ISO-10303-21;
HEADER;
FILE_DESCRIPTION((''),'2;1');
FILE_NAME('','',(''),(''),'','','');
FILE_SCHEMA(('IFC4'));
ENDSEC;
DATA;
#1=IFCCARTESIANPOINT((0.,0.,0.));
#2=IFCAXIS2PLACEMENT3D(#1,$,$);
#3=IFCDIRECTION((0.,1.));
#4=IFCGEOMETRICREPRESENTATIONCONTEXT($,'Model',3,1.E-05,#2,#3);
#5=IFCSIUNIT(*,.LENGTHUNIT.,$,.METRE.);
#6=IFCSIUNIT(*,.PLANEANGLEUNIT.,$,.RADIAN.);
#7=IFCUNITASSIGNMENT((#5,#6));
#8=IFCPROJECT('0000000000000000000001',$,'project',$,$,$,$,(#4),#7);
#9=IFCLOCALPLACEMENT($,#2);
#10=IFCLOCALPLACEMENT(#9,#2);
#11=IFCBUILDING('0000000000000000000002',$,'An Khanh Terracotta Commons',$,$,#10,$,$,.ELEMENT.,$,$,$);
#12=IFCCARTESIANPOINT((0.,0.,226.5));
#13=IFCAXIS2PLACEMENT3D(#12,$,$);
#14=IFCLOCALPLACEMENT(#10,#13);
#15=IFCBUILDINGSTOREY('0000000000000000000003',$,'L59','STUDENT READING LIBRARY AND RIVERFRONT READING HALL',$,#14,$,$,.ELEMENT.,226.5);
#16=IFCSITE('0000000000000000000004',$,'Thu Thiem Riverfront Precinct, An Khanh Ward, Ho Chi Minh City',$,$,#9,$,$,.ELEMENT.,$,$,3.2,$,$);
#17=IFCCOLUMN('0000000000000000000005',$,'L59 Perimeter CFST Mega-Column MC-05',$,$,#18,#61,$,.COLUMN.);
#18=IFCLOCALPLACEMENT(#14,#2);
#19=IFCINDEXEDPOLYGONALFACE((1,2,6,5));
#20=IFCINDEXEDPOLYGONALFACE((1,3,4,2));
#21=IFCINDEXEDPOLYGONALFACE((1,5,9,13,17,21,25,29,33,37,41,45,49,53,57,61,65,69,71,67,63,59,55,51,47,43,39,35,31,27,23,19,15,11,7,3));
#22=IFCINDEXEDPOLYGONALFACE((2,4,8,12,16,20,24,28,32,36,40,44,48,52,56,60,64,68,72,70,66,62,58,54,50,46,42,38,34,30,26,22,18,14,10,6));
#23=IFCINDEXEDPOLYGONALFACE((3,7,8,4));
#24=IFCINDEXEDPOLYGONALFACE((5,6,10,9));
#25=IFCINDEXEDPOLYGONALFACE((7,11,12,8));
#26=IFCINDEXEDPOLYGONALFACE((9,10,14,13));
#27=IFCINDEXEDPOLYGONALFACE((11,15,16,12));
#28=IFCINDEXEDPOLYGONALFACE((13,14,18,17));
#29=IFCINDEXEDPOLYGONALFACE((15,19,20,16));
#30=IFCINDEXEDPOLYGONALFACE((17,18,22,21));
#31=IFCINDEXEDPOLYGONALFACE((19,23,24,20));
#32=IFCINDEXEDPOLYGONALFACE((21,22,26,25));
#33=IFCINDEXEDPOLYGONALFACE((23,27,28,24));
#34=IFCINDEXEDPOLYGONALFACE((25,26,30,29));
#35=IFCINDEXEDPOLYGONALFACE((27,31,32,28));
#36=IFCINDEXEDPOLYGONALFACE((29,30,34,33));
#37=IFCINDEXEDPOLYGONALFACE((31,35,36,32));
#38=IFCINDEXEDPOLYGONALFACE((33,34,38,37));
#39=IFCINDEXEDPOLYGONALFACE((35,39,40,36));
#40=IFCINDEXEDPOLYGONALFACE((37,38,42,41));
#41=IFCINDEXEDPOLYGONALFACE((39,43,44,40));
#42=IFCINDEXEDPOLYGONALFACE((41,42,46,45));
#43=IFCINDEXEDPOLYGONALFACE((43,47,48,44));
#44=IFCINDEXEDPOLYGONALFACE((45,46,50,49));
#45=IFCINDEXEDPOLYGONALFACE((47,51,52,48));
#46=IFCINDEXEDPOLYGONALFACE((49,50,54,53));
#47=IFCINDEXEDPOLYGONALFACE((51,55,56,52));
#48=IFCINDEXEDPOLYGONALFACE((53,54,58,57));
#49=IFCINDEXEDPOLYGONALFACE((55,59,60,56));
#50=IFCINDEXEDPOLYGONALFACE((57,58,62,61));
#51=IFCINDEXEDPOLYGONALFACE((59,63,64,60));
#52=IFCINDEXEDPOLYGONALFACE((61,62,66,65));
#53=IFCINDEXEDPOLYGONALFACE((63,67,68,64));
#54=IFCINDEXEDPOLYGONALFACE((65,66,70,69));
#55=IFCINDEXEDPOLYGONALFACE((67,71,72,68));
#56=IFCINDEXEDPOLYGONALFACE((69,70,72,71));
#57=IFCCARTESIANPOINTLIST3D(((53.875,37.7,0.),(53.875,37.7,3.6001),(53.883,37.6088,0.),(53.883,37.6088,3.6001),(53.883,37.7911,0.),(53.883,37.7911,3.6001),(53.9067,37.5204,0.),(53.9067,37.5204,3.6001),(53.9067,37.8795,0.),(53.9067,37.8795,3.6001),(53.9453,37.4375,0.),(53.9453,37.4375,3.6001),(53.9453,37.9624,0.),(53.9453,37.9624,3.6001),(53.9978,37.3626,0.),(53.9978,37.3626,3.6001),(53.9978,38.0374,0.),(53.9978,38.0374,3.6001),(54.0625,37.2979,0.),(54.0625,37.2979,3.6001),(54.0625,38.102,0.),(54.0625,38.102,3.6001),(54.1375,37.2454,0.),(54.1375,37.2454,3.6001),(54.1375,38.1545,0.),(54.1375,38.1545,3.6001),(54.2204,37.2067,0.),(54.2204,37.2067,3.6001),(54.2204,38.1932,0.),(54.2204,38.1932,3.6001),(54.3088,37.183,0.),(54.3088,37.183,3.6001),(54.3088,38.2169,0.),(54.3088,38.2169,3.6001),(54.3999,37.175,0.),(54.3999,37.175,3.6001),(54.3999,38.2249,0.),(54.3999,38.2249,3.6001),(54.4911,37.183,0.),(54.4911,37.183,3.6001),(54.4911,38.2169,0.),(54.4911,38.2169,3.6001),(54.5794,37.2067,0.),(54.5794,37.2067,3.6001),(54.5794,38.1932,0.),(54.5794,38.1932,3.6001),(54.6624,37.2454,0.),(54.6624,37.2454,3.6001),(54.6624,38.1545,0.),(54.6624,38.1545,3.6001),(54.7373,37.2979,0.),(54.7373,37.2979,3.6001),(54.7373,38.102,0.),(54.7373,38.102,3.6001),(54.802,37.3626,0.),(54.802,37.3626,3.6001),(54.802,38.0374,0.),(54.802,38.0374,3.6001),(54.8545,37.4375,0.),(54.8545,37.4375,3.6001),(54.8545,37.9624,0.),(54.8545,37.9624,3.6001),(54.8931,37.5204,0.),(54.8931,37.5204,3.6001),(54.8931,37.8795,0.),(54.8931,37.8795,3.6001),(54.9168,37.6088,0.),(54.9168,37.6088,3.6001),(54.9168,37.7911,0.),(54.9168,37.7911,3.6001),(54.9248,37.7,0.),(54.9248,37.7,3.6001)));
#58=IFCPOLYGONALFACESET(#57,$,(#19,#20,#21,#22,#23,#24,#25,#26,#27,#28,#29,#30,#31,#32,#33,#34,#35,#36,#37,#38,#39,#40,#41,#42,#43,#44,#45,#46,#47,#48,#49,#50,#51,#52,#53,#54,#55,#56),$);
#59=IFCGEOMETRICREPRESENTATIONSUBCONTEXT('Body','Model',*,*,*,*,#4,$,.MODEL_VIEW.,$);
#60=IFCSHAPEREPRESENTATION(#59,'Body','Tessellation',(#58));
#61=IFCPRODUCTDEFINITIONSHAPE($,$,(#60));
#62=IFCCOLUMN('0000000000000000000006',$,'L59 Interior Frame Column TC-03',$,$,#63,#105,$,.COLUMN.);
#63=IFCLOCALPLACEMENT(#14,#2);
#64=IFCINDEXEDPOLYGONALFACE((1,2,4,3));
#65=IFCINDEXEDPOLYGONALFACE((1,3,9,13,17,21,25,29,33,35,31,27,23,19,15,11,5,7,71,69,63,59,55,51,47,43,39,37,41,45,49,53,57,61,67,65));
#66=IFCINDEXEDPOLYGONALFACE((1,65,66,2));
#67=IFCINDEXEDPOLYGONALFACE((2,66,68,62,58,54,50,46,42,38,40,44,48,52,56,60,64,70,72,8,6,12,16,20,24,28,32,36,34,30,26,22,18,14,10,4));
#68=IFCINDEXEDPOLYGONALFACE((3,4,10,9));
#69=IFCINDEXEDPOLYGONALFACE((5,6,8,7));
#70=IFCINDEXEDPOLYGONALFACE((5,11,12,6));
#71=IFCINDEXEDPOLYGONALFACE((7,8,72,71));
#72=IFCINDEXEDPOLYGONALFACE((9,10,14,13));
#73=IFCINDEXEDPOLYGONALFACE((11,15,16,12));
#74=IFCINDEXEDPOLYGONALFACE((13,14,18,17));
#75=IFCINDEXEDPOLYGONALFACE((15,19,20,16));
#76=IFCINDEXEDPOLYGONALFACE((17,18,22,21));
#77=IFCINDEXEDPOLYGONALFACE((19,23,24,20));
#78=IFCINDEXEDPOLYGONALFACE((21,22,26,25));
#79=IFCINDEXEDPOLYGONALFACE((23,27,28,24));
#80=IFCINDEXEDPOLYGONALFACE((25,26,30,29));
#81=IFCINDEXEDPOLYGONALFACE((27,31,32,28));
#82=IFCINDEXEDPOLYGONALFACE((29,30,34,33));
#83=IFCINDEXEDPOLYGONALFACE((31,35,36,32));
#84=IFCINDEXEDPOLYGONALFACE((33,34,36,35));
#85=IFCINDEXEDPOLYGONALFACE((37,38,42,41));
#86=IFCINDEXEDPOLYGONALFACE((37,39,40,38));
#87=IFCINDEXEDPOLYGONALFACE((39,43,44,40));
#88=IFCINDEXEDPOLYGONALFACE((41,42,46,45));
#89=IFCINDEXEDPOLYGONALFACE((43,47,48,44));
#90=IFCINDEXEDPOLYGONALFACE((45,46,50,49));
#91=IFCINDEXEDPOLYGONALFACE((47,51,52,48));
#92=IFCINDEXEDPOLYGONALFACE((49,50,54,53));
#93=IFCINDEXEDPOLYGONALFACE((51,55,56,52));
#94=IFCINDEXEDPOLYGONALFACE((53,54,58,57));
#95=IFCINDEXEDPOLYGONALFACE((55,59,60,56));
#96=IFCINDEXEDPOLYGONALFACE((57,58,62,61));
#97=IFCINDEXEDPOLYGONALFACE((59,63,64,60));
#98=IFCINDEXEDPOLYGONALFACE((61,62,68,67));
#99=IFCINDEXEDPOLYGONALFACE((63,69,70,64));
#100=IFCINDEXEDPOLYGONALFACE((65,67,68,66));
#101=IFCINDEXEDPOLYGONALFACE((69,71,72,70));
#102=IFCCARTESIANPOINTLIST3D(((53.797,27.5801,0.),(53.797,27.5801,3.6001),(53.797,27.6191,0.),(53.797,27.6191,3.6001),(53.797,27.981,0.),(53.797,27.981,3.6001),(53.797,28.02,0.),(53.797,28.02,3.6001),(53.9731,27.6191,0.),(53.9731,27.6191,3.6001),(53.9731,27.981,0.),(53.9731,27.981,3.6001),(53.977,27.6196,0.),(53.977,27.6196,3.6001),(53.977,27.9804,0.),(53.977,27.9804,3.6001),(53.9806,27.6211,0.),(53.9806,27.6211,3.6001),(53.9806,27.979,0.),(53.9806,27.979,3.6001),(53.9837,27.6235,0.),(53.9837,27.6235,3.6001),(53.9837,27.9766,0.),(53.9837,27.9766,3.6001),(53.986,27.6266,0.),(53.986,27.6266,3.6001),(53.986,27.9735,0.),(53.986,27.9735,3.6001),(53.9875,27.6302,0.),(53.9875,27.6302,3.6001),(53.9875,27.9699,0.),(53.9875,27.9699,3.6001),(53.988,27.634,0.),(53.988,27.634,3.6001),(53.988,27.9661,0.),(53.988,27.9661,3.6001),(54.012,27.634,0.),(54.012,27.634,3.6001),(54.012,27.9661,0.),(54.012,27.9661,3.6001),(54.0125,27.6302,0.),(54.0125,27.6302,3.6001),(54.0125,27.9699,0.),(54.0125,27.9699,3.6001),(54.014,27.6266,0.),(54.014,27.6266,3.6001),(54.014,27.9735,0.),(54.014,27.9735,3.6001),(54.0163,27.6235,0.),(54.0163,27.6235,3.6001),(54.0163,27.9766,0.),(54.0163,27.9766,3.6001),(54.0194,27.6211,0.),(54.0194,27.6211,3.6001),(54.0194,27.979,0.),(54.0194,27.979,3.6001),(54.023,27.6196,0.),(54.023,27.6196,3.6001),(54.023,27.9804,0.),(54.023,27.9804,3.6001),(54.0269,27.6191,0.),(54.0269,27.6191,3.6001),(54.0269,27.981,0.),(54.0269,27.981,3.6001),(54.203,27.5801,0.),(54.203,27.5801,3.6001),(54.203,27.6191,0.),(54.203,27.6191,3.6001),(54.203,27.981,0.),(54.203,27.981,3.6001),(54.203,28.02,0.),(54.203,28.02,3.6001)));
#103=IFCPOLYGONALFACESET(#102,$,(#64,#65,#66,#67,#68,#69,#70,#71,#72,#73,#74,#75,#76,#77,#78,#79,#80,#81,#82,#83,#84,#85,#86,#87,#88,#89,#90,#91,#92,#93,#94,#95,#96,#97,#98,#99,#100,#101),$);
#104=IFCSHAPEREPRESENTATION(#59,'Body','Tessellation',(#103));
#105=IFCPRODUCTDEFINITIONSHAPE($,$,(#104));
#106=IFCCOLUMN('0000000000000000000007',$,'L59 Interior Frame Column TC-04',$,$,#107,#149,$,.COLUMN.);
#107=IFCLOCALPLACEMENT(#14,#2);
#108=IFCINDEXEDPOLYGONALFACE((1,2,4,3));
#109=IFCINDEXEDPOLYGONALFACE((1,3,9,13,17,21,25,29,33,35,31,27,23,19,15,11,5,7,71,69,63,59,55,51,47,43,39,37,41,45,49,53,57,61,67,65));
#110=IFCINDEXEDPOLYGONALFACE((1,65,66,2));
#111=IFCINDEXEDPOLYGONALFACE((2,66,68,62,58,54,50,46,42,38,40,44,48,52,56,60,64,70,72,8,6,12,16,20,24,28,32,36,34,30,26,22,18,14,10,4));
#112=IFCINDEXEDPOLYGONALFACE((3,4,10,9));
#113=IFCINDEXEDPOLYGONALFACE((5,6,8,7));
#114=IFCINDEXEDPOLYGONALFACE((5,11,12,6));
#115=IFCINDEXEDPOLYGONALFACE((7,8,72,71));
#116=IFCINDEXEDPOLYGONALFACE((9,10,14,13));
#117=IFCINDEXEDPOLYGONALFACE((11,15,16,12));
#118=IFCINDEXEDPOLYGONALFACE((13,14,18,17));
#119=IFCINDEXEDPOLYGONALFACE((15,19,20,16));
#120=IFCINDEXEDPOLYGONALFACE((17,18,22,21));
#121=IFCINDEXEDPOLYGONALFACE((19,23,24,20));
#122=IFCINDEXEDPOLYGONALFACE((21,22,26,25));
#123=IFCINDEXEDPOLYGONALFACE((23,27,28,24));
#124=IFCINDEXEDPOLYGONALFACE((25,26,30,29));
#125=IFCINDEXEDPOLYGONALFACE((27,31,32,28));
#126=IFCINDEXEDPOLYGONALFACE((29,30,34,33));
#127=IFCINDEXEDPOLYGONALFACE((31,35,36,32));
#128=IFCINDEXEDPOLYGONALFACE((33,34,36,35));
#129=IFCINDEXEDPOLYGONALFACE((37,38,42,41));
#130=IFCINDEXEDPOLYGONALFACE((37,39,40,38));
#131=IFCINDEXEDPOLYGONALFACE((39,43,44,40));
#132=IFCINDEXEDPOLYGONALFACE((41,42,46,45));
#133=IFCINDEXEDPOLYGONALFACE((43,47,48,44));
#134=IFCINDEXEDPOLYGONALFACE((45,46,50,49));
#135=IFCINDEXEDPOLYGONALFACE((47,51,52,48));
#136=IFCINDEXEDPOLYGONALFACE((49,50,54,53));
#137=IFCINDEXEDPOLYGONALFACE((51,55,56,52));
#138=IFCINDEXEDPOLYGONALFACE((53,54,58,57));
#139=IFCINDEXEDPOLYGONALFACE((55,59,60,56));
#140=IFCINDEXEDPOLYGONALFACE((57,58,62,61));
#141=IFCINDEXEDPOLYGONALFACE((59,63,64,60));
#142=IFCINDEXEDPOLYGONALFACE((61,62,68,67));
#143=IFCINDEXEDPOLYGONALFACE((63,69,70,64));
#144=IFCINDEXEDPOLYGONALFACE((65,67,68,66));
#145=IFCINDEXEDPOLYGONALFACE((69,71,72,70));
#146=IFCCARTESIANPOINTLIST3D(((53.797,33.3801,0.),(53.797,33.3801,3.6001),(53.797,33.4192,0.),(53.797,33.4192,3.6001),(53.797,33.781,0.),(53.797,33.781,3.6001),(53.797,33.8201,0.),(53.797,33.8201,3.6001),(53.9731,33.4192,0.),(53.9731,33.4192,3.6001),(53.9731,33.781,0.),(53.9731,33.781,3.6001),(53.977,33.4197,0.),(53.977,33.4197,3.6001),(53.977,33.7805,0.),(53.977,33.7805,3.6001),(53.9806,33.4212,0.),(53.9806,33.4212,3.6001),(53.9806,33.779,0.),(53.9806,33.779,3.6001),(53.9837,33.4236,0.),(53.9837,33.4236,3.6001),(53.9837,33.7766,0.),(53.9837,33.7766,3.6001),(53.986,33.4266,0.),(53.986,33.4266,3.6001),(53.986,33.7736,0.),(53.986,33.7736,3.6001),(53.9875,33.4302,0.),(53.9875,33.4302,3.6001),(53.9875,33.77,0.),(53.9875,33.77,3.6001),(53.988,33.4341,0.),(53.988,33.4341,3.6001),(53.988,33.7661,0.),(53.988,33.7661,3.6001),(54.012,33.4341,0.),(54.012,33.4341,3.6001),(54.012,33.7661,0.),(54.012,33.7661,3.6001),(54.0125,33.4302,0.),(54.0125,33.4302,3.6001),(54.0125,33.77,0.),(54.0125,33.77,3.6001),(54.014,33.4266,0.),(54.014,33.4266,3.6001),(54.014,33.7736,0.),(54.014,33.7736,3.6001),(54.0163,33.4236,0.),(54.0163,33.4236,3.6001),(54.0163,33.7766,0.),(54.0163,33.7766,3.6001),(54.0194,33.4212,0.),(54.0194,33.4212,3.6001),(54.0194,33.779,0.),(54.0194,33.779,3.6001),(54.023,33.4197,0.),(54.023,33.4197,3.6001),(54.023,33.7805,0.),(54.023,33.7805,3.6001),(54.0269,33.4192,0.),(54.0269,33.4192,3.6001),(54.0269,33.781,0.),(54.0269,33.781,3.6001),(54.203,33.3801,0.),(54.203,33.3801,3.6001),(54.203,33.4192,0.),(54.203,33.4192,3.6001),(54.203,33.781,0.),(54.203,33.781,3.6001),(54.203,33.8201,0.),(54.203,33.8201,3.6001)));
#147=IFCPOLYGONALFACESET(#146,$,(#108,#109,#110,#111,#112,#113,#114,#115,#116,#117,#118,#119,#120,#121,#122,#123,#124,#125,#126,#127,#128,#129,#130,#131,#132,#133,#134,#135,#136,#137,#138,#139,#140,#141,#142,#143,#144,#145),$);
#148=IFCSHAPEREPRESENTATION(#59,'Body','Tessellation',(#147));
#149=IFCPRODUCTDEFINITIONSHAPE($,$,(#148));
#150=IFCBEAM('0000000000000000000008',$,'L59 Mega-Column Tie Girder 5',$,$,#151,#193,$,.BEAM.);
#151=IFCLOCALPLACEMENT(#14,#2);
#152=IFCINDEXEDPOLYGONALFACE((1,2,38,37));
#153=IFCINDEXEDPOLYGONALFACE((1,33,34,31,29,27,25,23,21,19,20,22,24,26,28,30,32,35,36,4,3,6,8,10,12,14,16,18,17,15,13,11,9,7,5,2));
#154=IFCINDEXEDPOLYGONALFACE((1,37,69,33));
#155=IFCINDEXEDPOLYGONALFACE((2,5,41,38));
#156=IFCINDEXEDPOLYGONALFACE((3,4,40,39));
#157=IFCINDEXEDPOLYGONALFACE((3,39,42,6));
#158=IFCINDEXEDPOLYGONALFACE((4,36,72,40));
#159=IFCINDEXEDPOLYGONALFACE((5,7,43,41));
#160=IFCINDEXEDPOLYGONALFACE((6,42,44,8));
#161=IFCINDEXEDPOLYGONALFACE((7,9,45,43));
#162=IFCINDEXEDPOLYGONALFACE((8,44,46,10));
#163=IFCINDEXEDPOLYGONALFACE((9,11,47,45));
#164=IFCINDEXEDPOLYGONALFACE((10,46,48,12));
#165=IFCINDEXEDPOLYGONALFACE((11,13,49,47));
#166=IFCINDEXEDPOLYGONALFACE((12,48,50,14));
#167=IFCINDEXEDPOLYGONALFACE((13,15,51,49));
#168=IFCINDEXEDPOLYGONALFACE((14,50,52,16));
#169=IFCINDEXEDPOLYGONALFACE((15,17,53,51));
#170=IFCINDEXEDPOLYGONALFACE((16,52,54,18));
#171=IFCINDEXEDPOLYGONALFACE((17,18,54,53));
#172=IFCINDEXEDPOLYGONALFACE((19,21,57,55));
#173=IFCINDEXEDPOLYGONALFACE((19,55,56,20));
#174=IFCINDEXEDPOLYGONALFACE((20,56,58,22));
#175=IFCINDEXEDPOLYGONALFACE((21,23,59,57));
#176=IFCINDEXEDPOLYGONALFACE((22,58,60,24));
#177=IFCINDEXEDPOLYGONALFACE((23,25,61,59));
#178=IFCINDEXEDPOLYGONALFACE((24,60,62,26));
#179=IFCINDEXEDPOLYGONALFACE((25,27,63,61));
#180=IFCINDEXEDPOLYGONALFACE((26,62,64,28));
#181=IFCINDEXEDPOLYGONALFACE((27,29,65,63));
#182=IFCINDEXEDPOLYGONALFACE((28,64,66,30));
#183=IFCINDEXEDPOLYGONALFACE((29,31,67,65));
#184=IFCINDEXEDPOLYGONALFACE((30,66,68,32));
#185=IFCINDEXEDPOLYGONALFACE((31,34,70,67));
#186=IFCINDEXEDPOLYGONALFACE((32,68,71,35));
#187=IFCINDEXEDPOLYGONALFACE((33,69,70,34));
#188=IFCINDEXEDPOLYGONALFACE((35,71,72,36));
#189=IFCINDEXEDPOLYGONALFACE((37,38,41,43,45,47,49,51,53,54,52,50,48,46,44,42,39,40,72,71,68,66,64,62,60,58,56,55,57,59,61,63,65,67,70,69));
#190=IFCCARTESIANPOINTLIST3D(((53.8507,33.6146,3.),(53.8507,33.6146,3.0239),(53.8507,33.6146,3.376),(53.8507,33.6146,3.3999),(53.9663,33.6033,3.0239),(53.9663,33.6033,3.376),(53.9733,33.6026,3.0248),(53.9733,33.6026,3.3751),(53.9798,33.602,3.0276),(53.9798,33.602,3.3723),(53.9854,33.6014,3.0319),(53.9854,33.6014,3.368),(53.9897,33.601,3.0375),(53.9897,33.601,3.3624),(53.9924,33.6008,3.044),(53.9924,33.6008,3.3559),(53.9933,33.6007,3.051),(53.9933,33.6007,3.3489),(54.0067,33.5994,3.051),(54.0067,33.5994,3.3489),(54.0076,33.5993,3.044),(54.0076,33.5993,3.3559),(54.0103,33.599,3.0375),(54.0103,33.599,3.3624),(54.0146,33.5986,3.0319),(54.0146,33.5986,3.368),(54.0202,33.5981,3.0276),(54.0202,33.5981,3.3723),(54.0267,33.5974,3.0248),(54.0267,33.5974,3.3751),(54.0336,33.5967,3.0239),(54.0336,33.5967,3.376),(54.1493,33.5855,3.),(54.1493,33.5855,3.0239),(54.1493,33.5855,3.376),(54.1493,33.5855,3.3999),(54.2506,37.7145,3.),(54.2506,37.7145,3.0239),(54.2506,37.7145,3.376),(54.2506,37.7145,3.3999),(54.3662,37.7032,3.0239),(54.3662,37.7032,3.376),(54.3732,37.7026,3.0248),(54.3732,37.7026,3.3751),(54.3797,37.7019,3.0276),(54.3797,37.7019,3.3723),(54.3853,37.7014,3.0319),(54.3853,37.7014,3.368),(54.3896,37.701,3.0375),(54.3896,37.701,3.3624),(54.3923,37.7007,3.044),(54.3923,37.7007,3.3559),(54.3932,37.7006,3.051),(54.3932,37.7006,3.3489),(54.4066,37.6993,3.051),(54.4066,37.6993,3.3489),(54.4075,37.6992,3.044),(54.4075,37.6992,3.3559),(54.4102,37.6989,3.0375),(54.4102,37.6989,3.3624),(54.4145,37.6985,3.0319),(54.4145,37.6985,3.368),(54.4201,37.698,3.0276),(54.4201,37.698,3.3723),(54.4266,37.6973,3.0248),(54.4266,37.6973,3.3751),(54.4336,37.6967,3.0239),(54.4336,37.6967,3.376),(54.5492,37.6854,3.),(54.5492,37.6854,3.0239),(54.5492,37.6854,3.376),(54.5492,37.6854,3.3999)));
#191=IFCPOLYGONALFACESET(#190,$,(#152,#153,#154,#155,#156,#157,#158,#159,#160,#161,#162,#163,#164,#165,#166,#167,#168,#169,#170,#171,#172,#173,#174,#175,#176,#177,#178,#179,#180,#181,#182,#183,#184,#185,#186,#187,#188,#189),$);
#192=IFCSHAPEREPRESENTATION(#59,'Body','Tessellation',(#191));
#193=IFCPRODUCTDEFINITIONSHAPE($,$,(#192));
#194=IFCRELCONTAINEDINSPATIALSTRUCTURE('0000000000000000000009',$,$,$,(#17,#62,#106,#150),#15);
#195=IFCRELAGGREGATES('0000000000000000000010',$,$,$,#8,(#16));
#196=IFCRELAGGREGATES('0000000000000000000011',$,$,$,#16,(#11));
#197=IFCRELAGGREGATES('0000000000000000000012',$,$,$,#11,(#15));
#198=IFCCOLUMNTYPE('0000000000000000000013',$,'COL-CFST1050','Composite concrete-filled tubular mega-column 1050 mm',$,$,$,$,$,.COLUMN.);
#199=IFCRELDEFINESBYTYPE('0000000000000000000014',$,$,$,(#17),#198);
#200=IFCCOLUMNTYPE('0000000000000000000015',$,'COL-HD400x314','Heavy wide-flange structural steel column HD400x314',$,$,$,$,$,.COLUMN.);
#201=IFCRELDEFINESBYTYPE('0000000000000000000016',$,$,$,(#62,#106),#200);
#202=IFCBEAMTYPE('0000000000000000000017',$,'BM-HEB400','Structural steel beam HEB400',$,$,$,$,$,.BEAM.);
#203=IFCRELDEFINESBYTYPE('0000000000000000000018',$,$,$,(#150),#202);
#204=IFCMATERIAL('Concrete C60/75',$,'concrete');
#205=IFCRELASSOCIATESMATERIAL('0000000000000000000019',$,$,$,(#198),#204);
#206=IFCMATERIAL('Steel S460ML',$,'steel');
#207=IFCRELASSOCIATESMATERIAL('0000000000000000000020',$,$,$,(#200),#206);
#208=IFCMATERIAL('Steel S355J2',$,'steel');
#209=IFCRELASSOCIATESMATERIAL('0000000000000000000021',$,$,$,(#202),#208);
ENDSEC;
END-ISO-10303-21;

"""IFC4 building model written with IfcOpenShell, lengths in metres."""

from ifc_helpers import new_model, si_unit, direction, frame, origin, origin_2d, place, context, subcontext, project, spatial, circle, i_section, extrude, material, material_profile, profile_set, type_object, element, save


model = new_model("IFC4")

# Units and contexts
model_context = context("Model", 3, precision=1e-05, world=origin(), true_north=direction((0.0, 1.0)))
body_context = subcontext(model_context, "Body", "Model", "MODEL_VIEW")
ifc_project = project(units=[si_unit("LENGTHUNIT", "METRE"), si_unit("PLANEANGLEUNIT", "RADIAN")], contexts=[model_context])

# Site, building, storey
site_placement = place(None, origin())
site = spatial("IfcSite", under=ifc_project, at=site_placement, Name="Thu Thiem Riverfront Precinct, An Khanh Ward, Ho Chi Minh City", CompositionType="ELEMENT", RefElevation=3.2)
building_placement = place(site_placement, origin())
building = spatial("IfcBuilding", under=site, at=building_placement, Name="An Khanh Terracotta Commons", CompositionType="ELEMENT")
storey_placement = place(building_placement, frame((0.0, 0.0, 226.5)))
storey = spatial("IfcBuildingStorey", under=building, at=storey_placement, Name="L59", Description="STUDENT READING LIBRARY AND RIVERFRONT READING HALL", CompositionType="ELEMENT", Elevation=226.5)

# Columns
ifc_material_1 = material(Name="Concrete C60/75", Category="concrete")
ifc_material_profile_1 = material_profile(ifc_material_1, circle(Radius=0.5249, at=origin_2d()), Name="CFST1050")
ifc_profile_set_1 = profile_set([ifc_material_profile_1], Name="Concrete C60/75")
column_type_1 = type_object("IfcColumnType", Name="COL-CFST1050", Description="Composite concrete-filled tubular mega-column 1050 mm", PredefinedType="COLUMN", material=ifc_profile_set_1)
column_placement = place(storey_placement, frame((54.3999, 37.7, 0.0), z_axis=(0.0, 0.0, 1.0), x_axis=(1.0, 0.0, 0.0)))
element("IfcColumn", 1, at=column_placement, inside=storey, type_object=column_type_1, Name="L59 Perimeter CFST Mega-Column MC-05", PredefinedType="COLUMN", context=body_context, shape_type="SweptSolid", body=[
    extrude(circle(Radius=0.5249, at=origin_2d()), origin(), (0.0, 0.0, 1.0), 3.6001),
])
ifc_material_2 = material(Name="Steel S460ML", Category="steel")
ifc_material_profile_2 = material_profile(ifc_material_2, i_section(OverallWidth=0.406, OverallDepth=0.4399, WebThickness=0.0239, FlangeThickness=0.0391, FilletRadius=0.0149, at=origin_2d()), Name="HD400x314")
ifc_profile_set_2 = profile_set([ifc_material_profile_2], Name="Steel S460ML")
column_type_2 = type_object("IfcColumnType", Name="COL-HD400x314", Description="Heavy wide-flange structural steel column HD400x314", PredefinedType="COLUMN", material=ifc_profile_set_2)
for number, where, z_axis, x_axis, name in (
    (2, (54.0, 27.8, 0.0), (0.0, 0.0, 1.0), (1.0, 0.0, 0.0), "L59 Interior Frame Column TC-03"),
    (3, (54.0, 33.6001, 0.0), (0.0, 0.0, 1.0), (1.0, 0.0, 0.0), "L59 Interior Frame Column TC-04"),
):
    element("IfcColumn", number, at=place(storey_placement, frame(where, z_axis=z_axis, x_axis=x_axis)), inside=storey, type_object=column_type_2, Name=name, PredefinedType="COLUMN", context=body_context, shape_type="SweptSolid", body=[
        extrude(i_section(OverallWidth=0.406, OverallDepth=0.4399, WebThickness=0.0239, FlangeThickness=0.0391, FilletRadius=0.0149, at=origin_2d()), origin(), (0.0, 0.0, 1.0), 3.6001),
    ])

# Beam
ifc_material_3 = material(Name="Steel S355J2", Category="steel")
ifc_material_profile_3 = material_profile(ifc_material_3, i_section(OverallWidth=0.3, OverallDepth=0.3999, WebThickness=0.0134, FlangeThickness=0.0239, FilletRadius=0.0271, at=origin_2d()), Name="HEB400")
ifc_profile_set_3 = profile_set([ifc_material_profile_3], Name="Steel S355J2")
beam_type_1 = type_object("IfcBeamType", Name="BM-HEB400", Description="Structural steel beam HEB400", PredefinedType="BEAM", material=ifc_profile_set_3)
beam_1_placement = place(storey_placement, frame((54.3999, 37.7, 3.2), z_axis=(-0.09708, -0.995277, 0.0), x_axis=(0.995277, -0.09708, 0.0)))
element("IfcBeam", 4, at=beam_1_placement, inside=storey, type_object=beam_type_1, Name="L59 Mega-Column Tie Girder 5", PredefinedType="BEAM", context=body_context, shape_type="SweptSolid", body=[
    extrude(i_section(OverallWidth=0.3, OverallDepth=0.3999, WebThickness=0.0134, FlangeThickness=0.0239, FilletRadius=0.0271, at=origin_2d()), origin(), (0.0, 0.0, 1.0), 4.1194),
])

save(model, "model.ifc")
